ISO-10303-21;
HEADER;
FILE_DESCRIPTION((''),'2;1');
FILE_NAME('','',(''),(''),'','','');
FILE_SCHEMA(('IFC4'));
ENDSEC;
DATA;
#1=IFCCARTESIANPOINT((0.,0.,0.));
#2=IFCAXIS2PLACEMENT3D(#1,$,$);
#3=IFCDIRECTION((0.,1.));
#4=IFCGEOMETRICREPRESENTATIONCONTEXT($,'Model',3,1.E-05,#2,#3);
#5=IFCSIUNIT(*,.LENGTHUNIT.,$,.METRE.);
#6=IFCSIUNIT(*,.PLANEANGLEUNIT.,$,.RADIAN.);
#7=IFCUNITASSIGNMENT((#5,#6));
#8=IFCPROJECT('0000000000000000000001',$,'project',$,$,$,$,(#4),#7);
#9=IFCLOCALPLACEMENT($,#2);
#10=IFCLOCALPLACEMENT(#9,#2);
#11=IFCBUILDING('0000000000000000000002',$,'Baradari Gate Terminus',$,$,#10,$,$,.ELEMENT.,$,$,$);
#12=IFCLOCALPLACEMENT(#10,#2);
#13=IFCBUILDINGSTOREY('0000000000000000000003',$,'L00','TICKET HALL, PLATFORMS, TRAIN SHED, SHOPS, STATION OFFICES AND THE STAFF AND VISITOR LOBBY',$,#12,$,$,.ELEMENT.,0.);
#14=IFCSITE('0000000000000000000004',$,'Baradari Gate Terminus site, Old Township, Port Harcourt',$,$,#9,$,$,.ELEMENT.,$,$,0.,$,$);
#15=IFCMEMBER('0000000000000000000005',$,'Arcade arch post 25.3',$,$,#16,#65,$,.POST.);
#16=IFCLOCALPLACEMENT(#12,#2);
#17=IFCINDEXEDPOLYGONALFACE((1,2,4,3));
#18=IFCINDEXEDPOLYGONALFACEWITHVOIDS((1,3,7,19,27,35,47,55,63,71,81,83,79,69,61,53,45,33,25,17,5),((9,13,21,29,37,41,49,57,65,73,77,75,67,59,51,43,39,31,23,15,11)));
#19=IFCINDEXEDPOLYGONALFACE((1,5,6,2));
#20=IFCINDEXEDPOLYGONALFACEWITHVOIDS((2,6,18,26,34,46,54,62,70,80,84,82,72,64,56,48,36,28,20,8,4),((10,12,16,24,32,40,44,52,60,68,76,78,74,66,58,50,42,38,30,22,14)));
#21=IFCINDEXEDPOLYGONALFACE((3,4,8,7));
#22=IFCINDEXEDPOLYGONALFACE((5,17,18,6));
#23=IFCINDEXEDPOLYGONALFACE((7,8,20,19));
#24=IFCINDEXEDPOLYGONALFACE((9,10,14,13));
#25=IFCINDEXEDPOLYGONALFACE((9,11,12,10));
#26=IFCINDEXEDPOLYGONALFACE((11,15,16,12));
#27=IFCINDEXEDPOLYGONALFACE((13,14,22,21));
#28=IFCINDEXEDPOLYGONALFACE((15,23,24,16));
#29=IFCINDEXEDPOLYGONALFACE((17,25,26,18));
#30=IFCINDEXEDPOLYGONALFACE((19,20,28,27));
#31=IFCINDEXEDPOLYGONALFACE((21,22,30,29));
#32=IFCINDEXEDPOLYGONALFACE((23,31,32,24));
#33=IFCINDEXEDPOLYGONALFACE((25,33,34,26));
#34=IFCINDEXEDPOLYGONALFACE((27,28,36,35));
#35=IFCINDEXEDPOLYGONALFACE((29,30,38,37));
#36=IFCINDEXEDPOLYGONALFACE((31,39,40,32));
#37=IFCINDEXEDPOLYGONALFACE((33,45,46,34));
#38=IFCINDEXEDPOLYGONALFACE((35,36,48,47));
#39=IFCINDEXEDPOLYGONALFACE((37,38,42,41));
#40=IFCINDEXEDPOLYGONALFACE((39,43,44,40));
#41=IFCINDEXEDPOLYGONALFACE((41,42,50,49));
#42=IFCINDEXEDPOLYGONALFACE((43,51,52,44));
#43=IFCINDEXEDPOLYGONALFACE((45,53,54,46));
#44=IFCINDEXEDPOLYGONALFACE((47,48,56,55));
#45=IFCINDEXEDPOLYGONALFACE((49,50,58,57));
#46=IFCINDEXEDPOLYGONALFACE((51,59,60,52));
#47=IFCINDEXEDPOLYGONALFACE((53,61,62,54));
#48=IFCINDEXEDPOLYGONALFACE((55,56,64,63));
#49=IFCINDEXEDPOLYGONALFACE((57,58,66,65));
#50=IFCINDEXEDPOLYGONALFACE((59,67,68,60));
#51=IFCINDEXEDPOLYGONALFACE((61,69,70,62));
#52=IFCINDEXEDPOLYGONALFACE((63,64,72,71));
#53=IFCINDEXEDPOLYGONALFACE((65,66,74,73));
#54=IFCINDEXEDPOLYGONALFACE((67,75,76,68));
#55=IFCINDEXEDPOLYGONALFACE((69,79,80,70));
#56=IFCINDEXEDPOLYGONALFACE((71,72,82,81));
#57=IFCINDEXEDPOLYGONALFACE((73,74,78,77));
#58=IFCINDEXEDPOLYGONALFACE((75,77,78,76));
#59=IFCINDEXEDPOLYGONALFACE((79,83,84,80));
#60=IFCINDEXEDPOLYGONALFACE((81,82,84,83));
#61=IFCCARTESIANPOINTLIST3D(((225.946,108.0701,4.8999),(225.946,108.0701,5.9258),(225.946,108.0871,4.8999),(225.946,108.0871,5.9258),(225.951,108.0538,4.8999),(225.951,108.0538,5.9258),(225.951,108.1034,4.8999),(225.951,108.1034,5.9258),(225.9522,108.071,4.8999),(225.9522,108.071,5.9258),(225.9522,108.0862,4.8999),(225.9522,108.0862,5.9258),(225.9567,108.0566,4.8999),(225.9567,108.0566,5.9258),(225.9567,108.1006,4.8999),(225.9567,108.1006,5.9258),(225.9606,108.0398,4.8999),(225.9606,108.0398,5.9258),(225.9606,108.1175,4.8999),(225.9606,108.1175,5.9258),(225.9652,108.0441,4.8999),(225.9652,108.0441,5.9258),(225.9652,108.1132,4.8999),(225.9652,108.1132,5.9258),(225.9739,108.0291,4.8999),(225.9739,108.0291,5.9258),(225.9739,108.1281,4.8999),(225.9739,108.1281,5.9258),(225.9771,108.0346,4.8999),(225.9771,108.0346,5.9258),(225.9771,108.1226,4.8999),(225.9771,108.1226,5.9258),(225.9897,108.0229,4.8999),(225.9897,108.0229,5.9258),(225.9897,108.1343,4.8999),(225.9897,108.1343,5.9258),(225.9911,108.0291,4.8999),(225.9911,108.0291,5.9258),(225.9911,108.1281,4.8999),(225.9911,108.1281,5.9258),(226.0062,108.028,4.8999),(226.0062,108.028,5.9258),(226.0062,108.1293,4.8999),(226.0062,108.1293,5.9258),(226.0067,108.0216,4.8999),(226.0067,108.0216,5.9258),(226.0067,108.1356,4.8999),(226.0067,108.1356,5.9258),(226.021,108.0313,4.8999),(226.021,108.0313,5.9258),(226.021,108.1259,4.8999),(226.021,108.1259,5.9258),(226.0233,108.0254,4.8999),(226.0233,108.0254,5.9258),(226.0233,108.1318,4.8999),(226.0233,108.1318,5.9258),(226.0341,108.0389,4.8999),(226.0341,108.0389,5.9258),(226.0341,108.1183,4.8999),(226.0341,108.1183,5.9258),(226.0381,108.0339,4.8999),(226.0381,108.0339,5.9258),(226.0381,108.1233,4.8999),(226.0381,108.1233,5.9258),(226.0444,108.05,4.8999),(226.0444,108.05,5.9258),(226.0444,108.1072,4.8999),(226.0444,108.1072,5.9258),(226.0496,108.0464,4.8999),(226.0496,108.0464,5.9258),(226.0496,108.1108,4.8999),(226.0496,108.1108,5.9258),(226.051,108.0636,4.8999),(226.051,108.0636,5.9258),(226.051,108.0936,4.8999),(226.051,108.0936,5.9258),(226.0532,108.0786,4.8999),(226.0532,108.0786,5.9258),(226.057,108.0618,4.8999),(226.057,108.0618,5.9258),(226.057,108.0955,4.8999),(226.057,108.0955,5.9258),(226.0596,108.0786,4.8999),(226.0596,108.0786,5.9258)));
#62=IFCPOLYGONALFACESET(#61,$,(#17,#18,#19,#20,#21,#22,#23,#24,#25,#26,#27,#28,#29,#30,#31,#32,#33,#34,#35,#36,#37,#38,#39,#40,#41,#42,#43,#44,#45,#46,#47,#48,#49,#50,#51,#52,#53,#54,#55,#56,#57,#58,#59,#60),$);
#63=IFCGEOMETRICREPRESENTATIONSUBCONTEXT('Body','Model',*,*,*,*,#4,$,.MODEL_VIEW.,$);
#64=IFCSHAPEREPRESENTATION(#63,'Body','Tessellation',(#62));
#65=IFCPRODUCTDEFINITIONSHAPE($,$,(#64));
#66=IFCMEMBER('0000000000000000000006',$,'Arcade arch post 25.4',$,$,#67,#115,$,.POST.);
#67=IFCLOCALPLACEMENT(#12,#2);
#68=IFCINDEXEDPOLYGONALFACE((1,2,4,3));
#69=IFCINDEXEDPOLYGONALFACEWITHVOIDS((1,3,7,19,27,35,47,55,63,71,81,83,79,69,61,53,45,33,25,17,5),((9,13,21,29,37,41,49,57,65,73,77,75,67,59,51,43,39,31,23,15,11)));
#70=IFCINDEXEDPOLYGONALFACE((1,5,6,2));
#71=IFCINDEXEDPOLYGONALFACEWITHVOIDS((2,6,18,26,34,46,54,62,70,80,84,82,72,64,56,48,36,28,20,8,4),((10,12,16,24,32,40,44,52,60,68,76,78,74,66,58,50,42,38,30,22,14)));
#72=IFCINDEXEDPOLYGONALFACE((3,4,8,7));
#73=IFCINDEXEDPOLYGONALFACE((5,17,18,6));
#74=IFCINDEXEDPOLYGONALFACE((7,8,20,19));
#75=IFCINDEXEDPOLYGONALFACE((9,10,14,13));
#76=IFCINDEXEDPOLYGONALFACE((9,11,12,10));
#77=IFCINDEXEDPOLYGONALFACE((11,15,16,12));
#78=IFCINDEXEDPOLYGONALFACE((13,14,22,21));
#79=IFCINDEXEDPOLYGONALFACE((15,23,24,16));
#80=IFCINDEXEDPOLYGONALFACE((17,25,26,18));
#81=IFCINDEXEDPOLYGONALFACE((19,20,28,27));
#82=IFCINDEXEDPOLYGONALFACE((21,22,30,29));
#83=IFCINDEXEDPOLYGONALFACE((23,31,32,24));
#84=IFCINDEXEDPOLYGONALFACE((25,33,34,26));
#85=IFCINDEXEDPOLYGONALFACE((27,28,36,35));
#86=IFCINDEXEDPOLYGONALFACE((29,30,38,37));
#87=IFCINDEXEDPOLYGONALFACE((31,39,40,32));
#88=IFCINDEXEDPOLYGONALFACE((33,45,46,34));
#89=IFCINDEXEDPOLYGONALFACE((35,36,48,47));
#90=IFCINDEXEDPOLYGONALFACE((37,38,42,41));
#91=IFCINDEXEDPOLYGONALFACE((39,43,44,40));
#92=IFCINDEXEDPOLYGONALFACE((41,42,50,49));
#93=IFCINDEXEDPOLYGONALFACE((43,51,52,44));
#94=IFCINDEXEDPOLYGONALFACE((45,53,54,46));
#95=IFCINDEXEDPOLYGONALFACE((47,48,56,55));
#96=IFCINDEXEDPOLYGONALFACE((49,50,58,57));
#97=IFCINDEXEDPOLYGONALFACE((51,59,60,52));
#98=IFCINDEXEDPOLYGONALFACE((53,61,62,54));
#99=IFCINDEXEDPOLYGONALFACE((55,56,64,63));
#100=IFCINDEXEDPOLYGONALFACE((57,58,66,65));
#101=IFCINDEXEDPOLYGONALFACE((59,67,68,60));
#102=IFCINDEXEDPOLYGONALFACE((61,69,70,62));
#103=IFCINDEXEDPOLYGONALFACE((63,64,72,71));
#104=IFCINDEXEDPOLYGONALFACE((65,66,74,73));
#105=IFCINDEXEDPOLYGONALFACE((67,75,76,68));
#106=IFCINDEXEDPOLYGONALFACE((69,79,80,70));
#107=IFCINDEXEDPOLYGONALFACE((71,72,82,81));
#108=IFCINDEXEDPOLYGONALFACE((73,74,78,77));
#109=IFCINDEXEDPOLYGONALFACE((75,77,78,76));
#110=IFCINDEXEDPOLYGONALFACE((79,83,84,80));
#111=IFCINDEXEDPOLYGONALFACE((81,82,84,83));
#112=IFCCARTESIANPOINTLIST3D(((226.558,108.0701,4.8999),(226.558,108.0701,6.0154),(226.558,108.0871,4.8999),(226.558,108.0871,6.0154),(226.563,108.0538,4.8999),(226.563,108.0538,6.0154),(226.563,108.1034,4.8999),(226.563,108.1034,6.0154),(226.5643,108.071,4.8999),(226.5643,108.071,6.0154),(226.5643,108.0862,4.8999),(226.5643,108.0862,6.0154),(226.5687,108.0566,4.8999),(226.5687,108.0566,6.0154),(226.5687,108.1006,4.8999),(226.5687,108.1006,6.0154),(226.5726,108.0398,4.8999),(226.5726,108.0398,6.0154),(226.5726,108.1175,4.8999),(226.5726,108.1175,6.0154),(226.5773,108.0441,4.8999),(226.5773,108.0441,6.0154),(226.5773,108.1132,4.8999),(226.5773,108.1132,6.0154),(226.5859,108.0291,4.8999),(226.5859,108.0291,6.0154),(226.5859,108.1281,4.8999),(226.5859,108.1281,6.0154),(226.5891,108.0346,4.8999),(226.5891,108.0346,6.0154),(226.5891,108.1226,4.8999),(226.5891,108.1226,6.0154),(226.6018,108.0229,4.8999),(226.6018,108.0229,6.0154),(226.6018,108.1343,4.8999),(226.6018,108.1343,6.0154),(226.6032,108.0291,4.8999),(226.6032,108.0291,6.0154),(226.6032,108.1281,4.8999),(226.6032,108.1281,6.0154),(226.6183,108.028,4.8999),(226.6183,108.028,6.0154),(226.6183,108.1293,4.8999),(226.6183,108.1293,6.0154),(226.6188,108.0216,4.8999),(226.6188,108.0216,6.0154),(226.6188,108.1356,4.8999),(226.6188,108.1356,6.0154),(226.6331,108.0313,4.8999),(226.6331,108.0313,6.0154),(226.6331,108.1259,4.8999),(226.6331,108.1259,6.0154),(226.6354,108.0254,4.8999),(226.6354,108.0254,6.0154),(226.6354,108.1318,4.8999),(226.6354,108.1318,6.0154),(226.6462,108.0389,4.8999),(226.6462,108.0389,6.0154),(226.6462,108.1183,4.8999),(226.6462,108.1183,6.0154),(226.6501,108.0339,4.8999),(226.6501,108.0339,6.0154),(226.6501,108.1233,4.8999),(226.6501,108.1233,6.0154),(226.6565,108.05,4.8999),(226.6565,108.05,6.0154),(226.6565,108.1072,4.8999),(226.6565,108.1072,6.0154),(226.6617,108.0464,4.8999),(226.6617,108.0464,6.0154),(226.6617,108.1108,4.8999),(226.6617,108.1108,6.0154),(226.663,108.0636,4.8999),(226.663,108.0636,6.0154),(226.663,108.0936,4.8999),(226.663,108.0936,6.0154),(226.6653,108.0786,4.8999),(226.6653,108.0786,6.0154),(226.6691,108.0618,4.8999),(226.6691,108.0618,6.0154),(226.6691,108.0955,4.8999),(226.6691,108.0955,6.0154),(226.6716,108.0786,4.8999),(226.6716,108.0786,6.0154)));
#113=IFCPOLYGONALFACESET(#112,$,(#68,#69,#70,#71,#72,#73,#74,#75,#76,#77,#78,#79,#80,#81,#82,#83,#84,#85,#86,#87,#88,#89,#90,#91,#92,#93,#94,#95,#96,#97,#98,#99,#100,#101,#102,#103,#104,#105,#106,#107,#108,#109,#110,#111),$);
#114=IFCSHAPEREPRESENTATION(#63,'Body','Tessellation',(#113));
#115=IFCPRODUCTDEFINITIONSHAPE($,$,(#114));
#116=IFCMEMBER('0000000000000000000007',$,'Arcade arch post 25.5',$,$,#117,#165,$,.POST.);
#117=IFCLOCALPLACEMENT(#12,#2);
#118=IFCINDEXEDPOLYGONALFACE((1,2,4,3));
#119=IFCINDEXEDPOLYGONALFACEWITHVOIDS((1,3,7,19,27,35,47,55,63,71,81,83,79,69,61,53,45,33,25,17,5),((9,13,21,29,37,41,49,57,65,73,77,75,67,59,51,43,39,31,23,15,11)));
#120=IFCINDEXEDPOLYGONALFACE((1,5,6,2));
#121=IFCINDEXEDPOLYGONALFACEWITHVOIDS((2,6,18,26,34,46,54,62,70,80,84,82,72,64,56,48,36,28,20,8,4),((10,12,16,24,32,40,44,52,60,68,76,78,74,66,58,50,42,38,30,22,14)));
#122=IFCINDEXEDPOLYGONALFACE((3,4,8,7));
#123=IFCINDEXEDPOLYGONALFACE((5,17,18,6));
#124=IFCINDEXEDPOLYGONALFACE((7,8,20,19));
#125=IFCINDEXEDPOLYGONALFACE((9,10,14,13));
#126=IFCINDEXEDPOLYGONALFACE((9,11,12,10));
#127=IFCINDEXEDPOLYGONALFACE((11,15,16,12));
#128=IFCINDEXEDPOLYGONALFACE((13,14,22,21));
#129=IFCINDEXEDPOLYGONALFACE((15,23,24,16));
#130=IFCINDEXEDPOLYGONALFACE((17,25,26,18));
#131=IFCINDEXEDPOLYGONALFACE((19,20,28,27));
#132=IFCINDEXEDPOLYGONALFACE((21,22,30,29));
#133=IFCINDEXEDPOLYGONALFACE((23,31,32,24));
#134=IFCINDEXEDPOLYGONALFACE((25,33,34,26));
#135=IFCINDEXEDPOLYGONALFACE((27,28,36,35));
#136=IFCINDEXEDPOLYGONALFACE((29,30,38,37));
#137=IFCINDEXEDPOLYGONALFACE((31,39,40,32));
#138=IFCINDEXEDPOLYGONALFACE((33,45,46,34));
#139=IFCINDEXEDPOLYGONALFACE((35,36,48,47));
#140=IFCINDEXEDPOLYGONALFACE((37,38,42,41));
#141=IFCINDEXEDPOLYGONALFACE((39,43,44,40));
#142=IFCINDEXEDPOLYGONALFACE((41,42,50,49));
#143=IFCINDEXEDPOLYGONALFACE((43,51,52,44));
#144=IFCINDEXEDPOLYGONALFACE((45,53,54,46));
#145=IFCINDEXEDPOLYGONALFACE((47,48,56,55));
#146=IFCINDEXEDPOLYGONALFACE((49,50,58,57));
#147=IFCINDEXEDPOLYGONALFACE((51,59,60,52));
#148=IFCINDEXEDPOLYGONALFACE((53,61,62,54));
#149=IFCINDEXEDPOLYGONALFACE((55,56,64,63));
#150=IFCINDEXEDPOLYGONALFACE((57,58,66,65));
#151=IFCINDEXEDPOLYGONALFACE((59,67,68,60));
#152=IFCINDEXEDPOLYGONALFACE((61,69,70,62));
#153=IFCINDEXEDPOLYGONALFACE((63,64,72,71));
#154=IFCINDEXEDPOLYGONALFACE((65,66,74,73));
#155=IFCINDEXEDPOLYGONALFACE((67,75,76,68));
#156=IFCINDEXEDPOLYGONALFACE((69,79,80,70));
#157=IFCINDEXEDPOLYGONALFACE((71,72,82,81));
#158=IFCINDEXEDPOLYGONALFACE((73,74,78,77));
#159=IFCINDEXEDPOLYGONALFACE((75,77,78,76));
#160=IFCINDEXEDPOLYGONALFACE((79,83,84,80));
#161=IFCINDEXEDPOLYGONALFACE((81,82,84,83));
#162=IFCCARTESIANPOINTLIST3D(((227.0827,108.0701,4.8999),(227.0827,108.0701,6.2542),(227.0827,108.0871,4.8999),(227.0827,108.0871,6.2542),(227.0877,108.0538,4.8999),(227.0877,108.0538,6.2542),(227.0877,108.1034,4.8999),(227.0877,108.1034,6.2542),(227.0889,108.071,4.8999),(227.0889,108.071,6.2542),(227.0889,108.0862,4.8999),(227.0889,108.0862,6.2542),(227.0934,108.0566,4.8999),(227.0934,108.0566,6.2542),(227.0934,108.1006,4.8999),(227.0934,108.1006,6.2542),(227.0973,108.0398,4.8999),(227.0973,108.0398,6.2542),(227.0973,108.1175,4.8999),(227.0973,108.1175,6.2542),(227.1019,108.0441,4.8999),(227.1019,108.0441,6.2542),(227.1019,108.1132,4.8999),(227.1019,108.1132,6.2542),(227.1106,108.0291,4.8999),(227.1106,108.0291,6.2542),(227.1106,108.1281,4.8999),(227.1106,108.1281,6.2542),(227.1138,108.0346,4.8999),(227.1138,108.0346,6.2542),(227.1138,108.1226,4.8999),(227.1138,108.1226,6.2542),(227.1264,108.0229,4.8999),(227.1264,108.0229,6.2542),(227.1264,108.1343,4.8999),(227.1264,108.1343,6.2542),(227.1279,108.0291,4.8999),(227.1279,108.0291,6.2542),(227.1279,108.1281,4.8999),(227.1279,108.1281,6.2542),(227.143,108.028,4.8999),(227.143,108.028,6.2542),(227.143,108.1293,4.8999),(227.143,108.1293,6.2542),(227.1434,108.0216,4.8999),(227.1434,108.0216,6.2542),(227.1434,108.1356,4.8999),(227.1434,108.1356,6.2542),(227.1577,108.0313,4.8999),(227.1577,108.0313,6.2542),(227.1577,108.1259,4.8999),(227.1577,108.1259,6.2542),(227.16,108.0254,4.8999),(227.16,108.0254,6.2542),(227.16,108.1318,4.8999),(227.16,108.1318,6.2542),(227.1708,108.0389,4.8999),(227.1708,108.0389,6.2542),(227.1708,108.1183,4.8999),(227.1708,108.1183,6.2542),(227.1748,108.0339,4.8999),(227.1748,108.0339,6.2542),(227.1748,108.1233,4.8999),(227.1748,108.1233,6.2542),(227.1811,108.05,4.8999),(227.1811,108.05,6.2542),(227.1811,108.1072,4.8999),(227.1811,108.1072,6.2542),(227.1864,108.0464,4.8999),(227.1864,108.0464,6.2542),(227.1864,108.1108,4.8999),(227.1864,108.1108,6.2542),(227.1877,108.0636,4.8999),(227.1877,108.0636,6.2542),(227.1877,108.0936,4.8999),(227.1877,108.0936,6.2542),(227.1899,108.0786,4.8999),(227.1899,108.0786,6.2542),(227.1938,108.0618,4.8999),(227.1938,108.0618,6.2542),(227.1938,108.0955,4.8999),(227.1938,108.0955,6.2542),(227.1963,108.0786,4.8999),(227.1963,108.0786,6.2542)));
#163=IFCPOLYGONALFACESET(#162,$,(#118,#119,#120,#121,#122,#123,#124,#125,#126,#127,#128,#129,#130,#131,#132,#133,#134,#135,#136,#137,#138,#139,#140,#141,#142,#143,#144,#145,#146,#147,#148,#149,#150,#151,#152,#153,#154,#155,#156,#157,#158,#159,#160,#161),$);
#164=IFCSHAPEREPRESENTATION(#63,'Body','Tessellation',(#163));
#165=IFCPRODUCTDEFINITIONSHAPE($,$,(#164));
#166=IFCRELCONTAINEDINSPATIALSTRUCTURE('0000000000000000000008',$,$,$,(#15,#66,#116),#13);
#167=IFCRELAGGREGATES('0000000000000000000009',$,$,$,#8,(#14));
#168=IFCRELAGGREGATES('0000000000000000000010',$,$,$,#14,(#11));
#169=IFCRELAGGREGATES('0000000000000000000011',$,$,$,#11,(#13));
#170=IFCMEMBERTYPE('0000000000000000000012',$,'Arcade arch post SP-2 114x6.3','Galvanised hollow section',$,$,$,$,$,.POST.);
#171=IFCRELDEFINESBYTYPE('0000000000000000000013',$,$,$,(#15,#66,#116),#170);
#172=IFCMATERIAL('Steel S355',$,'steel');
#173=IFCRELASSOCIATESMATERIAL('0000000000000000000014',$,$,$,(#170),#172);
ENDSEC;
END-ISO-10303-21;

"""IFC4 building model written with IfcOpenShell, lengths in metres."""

from ifc_helpers import new_model, si_unit, direction, frame, origin, origin_2d, place, context, subcontext, project, spatial, hollow_circle, extrude, material, material_profile, profile_set, type_object, element, save


model = new_model("IFC4")

# Units and contexts
model_context = context("Model", 3, precision=1e-05, world=origin(), true_north=direction((0.0, 1.0)))
body_context = subcontext(model_context, "Body", "Model", "MODEL_VIEW")
ifc_project = project(units=[si_unit("LENGTHUNIT", "METRE"), si_unit("PLANEANGLEUNIT", "RADIAN")], contexts=[model_context])

# Site, building, storey
site_placement = place(None, origin())
site = spatial("IfcSite", under=ifc_project, at=site_placement, Name="Baradari Gate Terminus site, Old Township, Port Harcourt", CompositionType="ELEMENT", RefElevation=0.0)
building_placement = place(site_placement, origin())
building = spatial("IfcBuilding", under=site, at=building_placement, Name="Baradari Gate Terminus", CompositionType="ELEMENT")
storey_placement = place(building_placement, origin())
storey = spatial("IfcBuildingStorey", under=building, at=storey_placement, Name="L00", Description="TICKET HALL, PLATFORMS, TRAIN SHED, SHOPS, STATION OFFICES AND THE STAFF AND VISITOR LOBBY", CompositionType="ELEMENT", Elevation=0.0)

# Members
ifc_material_1 = material(Name="Steel S355", Category="steel")
ifc_material_profile_1 = material_profile(ifc_material_1, hollow_circle(Radius=0.0571, WallThickness=0.0063, at=origin_2d()), Name="CHS 114.3x6.3")
ifc_profile_set_1 = profile_set([ifc_material_profile_1], Name="Steel S355")
member_type = type_object("IfcMemberType", Name="Arcade arch post SP-2 114x6.3", Description="Galvanised hollow section", PredefinedType="POST", material=ifc_profile_set_1)
member_1_placement = place(storey_placement, frame((226.0024, 108.0786, 4.8999), z_axis=(0.0, 0.0, 1.0), x_axis=(1.0, 0.0, 0.0)))
element("IfcMember", 1, at=member_1_placement, inside=storey, type_object=member_type, Name="Arcade arch post 25.3", PredefinedType="POST", context=body_context, shape_type="SweptSolid", body=[
    extrude(hollow_circle(Radius=0.0571, WallThickness=0.0063, at=origin_2d()), origin(), (0.0, 0.0, 1.0), 1.0259),
])
member_2_placement = place(storey_placement, frame((226.6145, 108.0786, 4.8999), z_axis=(0.0, 0.0, 1.0), x_axis=(1.0, 0.0, 0.0)))
element("IfcMember", 2, at=member_2_placement, inside=storey, type_object=member_type, Name="Arcade arch post 25.4", PredefinedType="POST", context=body_context, shape_type="SweptSolid", body=[
    extrude(hollow_circle(Radius=0.0571, WallThickness=0.0063, at=origin_2d()), origin(), (0.0, 0.0, 1.0), 1.1155),
])
member_3_placement = place(storey_placement, frame((227.1392, 108.0786, 4.8999), z_axis=(0.0, 0.0, 1.0), x_axis=(1.0, 0.0, 0.0)))
element("IfcMember", 3, at=member_3_placement, inside=storey, type_object=member_type, Name="Arcade arch post 25.5", PredefinedType="POST", context=body_context, shape_type="SweptSolid", body=[
    extrude(hollow_circle(Radius=0.0571, WallThickness=0.0063, at=origin_2d()), origin(), (0.0, 0.0, 1.0), 1.3542),
])

save(model, "model.ifc")
